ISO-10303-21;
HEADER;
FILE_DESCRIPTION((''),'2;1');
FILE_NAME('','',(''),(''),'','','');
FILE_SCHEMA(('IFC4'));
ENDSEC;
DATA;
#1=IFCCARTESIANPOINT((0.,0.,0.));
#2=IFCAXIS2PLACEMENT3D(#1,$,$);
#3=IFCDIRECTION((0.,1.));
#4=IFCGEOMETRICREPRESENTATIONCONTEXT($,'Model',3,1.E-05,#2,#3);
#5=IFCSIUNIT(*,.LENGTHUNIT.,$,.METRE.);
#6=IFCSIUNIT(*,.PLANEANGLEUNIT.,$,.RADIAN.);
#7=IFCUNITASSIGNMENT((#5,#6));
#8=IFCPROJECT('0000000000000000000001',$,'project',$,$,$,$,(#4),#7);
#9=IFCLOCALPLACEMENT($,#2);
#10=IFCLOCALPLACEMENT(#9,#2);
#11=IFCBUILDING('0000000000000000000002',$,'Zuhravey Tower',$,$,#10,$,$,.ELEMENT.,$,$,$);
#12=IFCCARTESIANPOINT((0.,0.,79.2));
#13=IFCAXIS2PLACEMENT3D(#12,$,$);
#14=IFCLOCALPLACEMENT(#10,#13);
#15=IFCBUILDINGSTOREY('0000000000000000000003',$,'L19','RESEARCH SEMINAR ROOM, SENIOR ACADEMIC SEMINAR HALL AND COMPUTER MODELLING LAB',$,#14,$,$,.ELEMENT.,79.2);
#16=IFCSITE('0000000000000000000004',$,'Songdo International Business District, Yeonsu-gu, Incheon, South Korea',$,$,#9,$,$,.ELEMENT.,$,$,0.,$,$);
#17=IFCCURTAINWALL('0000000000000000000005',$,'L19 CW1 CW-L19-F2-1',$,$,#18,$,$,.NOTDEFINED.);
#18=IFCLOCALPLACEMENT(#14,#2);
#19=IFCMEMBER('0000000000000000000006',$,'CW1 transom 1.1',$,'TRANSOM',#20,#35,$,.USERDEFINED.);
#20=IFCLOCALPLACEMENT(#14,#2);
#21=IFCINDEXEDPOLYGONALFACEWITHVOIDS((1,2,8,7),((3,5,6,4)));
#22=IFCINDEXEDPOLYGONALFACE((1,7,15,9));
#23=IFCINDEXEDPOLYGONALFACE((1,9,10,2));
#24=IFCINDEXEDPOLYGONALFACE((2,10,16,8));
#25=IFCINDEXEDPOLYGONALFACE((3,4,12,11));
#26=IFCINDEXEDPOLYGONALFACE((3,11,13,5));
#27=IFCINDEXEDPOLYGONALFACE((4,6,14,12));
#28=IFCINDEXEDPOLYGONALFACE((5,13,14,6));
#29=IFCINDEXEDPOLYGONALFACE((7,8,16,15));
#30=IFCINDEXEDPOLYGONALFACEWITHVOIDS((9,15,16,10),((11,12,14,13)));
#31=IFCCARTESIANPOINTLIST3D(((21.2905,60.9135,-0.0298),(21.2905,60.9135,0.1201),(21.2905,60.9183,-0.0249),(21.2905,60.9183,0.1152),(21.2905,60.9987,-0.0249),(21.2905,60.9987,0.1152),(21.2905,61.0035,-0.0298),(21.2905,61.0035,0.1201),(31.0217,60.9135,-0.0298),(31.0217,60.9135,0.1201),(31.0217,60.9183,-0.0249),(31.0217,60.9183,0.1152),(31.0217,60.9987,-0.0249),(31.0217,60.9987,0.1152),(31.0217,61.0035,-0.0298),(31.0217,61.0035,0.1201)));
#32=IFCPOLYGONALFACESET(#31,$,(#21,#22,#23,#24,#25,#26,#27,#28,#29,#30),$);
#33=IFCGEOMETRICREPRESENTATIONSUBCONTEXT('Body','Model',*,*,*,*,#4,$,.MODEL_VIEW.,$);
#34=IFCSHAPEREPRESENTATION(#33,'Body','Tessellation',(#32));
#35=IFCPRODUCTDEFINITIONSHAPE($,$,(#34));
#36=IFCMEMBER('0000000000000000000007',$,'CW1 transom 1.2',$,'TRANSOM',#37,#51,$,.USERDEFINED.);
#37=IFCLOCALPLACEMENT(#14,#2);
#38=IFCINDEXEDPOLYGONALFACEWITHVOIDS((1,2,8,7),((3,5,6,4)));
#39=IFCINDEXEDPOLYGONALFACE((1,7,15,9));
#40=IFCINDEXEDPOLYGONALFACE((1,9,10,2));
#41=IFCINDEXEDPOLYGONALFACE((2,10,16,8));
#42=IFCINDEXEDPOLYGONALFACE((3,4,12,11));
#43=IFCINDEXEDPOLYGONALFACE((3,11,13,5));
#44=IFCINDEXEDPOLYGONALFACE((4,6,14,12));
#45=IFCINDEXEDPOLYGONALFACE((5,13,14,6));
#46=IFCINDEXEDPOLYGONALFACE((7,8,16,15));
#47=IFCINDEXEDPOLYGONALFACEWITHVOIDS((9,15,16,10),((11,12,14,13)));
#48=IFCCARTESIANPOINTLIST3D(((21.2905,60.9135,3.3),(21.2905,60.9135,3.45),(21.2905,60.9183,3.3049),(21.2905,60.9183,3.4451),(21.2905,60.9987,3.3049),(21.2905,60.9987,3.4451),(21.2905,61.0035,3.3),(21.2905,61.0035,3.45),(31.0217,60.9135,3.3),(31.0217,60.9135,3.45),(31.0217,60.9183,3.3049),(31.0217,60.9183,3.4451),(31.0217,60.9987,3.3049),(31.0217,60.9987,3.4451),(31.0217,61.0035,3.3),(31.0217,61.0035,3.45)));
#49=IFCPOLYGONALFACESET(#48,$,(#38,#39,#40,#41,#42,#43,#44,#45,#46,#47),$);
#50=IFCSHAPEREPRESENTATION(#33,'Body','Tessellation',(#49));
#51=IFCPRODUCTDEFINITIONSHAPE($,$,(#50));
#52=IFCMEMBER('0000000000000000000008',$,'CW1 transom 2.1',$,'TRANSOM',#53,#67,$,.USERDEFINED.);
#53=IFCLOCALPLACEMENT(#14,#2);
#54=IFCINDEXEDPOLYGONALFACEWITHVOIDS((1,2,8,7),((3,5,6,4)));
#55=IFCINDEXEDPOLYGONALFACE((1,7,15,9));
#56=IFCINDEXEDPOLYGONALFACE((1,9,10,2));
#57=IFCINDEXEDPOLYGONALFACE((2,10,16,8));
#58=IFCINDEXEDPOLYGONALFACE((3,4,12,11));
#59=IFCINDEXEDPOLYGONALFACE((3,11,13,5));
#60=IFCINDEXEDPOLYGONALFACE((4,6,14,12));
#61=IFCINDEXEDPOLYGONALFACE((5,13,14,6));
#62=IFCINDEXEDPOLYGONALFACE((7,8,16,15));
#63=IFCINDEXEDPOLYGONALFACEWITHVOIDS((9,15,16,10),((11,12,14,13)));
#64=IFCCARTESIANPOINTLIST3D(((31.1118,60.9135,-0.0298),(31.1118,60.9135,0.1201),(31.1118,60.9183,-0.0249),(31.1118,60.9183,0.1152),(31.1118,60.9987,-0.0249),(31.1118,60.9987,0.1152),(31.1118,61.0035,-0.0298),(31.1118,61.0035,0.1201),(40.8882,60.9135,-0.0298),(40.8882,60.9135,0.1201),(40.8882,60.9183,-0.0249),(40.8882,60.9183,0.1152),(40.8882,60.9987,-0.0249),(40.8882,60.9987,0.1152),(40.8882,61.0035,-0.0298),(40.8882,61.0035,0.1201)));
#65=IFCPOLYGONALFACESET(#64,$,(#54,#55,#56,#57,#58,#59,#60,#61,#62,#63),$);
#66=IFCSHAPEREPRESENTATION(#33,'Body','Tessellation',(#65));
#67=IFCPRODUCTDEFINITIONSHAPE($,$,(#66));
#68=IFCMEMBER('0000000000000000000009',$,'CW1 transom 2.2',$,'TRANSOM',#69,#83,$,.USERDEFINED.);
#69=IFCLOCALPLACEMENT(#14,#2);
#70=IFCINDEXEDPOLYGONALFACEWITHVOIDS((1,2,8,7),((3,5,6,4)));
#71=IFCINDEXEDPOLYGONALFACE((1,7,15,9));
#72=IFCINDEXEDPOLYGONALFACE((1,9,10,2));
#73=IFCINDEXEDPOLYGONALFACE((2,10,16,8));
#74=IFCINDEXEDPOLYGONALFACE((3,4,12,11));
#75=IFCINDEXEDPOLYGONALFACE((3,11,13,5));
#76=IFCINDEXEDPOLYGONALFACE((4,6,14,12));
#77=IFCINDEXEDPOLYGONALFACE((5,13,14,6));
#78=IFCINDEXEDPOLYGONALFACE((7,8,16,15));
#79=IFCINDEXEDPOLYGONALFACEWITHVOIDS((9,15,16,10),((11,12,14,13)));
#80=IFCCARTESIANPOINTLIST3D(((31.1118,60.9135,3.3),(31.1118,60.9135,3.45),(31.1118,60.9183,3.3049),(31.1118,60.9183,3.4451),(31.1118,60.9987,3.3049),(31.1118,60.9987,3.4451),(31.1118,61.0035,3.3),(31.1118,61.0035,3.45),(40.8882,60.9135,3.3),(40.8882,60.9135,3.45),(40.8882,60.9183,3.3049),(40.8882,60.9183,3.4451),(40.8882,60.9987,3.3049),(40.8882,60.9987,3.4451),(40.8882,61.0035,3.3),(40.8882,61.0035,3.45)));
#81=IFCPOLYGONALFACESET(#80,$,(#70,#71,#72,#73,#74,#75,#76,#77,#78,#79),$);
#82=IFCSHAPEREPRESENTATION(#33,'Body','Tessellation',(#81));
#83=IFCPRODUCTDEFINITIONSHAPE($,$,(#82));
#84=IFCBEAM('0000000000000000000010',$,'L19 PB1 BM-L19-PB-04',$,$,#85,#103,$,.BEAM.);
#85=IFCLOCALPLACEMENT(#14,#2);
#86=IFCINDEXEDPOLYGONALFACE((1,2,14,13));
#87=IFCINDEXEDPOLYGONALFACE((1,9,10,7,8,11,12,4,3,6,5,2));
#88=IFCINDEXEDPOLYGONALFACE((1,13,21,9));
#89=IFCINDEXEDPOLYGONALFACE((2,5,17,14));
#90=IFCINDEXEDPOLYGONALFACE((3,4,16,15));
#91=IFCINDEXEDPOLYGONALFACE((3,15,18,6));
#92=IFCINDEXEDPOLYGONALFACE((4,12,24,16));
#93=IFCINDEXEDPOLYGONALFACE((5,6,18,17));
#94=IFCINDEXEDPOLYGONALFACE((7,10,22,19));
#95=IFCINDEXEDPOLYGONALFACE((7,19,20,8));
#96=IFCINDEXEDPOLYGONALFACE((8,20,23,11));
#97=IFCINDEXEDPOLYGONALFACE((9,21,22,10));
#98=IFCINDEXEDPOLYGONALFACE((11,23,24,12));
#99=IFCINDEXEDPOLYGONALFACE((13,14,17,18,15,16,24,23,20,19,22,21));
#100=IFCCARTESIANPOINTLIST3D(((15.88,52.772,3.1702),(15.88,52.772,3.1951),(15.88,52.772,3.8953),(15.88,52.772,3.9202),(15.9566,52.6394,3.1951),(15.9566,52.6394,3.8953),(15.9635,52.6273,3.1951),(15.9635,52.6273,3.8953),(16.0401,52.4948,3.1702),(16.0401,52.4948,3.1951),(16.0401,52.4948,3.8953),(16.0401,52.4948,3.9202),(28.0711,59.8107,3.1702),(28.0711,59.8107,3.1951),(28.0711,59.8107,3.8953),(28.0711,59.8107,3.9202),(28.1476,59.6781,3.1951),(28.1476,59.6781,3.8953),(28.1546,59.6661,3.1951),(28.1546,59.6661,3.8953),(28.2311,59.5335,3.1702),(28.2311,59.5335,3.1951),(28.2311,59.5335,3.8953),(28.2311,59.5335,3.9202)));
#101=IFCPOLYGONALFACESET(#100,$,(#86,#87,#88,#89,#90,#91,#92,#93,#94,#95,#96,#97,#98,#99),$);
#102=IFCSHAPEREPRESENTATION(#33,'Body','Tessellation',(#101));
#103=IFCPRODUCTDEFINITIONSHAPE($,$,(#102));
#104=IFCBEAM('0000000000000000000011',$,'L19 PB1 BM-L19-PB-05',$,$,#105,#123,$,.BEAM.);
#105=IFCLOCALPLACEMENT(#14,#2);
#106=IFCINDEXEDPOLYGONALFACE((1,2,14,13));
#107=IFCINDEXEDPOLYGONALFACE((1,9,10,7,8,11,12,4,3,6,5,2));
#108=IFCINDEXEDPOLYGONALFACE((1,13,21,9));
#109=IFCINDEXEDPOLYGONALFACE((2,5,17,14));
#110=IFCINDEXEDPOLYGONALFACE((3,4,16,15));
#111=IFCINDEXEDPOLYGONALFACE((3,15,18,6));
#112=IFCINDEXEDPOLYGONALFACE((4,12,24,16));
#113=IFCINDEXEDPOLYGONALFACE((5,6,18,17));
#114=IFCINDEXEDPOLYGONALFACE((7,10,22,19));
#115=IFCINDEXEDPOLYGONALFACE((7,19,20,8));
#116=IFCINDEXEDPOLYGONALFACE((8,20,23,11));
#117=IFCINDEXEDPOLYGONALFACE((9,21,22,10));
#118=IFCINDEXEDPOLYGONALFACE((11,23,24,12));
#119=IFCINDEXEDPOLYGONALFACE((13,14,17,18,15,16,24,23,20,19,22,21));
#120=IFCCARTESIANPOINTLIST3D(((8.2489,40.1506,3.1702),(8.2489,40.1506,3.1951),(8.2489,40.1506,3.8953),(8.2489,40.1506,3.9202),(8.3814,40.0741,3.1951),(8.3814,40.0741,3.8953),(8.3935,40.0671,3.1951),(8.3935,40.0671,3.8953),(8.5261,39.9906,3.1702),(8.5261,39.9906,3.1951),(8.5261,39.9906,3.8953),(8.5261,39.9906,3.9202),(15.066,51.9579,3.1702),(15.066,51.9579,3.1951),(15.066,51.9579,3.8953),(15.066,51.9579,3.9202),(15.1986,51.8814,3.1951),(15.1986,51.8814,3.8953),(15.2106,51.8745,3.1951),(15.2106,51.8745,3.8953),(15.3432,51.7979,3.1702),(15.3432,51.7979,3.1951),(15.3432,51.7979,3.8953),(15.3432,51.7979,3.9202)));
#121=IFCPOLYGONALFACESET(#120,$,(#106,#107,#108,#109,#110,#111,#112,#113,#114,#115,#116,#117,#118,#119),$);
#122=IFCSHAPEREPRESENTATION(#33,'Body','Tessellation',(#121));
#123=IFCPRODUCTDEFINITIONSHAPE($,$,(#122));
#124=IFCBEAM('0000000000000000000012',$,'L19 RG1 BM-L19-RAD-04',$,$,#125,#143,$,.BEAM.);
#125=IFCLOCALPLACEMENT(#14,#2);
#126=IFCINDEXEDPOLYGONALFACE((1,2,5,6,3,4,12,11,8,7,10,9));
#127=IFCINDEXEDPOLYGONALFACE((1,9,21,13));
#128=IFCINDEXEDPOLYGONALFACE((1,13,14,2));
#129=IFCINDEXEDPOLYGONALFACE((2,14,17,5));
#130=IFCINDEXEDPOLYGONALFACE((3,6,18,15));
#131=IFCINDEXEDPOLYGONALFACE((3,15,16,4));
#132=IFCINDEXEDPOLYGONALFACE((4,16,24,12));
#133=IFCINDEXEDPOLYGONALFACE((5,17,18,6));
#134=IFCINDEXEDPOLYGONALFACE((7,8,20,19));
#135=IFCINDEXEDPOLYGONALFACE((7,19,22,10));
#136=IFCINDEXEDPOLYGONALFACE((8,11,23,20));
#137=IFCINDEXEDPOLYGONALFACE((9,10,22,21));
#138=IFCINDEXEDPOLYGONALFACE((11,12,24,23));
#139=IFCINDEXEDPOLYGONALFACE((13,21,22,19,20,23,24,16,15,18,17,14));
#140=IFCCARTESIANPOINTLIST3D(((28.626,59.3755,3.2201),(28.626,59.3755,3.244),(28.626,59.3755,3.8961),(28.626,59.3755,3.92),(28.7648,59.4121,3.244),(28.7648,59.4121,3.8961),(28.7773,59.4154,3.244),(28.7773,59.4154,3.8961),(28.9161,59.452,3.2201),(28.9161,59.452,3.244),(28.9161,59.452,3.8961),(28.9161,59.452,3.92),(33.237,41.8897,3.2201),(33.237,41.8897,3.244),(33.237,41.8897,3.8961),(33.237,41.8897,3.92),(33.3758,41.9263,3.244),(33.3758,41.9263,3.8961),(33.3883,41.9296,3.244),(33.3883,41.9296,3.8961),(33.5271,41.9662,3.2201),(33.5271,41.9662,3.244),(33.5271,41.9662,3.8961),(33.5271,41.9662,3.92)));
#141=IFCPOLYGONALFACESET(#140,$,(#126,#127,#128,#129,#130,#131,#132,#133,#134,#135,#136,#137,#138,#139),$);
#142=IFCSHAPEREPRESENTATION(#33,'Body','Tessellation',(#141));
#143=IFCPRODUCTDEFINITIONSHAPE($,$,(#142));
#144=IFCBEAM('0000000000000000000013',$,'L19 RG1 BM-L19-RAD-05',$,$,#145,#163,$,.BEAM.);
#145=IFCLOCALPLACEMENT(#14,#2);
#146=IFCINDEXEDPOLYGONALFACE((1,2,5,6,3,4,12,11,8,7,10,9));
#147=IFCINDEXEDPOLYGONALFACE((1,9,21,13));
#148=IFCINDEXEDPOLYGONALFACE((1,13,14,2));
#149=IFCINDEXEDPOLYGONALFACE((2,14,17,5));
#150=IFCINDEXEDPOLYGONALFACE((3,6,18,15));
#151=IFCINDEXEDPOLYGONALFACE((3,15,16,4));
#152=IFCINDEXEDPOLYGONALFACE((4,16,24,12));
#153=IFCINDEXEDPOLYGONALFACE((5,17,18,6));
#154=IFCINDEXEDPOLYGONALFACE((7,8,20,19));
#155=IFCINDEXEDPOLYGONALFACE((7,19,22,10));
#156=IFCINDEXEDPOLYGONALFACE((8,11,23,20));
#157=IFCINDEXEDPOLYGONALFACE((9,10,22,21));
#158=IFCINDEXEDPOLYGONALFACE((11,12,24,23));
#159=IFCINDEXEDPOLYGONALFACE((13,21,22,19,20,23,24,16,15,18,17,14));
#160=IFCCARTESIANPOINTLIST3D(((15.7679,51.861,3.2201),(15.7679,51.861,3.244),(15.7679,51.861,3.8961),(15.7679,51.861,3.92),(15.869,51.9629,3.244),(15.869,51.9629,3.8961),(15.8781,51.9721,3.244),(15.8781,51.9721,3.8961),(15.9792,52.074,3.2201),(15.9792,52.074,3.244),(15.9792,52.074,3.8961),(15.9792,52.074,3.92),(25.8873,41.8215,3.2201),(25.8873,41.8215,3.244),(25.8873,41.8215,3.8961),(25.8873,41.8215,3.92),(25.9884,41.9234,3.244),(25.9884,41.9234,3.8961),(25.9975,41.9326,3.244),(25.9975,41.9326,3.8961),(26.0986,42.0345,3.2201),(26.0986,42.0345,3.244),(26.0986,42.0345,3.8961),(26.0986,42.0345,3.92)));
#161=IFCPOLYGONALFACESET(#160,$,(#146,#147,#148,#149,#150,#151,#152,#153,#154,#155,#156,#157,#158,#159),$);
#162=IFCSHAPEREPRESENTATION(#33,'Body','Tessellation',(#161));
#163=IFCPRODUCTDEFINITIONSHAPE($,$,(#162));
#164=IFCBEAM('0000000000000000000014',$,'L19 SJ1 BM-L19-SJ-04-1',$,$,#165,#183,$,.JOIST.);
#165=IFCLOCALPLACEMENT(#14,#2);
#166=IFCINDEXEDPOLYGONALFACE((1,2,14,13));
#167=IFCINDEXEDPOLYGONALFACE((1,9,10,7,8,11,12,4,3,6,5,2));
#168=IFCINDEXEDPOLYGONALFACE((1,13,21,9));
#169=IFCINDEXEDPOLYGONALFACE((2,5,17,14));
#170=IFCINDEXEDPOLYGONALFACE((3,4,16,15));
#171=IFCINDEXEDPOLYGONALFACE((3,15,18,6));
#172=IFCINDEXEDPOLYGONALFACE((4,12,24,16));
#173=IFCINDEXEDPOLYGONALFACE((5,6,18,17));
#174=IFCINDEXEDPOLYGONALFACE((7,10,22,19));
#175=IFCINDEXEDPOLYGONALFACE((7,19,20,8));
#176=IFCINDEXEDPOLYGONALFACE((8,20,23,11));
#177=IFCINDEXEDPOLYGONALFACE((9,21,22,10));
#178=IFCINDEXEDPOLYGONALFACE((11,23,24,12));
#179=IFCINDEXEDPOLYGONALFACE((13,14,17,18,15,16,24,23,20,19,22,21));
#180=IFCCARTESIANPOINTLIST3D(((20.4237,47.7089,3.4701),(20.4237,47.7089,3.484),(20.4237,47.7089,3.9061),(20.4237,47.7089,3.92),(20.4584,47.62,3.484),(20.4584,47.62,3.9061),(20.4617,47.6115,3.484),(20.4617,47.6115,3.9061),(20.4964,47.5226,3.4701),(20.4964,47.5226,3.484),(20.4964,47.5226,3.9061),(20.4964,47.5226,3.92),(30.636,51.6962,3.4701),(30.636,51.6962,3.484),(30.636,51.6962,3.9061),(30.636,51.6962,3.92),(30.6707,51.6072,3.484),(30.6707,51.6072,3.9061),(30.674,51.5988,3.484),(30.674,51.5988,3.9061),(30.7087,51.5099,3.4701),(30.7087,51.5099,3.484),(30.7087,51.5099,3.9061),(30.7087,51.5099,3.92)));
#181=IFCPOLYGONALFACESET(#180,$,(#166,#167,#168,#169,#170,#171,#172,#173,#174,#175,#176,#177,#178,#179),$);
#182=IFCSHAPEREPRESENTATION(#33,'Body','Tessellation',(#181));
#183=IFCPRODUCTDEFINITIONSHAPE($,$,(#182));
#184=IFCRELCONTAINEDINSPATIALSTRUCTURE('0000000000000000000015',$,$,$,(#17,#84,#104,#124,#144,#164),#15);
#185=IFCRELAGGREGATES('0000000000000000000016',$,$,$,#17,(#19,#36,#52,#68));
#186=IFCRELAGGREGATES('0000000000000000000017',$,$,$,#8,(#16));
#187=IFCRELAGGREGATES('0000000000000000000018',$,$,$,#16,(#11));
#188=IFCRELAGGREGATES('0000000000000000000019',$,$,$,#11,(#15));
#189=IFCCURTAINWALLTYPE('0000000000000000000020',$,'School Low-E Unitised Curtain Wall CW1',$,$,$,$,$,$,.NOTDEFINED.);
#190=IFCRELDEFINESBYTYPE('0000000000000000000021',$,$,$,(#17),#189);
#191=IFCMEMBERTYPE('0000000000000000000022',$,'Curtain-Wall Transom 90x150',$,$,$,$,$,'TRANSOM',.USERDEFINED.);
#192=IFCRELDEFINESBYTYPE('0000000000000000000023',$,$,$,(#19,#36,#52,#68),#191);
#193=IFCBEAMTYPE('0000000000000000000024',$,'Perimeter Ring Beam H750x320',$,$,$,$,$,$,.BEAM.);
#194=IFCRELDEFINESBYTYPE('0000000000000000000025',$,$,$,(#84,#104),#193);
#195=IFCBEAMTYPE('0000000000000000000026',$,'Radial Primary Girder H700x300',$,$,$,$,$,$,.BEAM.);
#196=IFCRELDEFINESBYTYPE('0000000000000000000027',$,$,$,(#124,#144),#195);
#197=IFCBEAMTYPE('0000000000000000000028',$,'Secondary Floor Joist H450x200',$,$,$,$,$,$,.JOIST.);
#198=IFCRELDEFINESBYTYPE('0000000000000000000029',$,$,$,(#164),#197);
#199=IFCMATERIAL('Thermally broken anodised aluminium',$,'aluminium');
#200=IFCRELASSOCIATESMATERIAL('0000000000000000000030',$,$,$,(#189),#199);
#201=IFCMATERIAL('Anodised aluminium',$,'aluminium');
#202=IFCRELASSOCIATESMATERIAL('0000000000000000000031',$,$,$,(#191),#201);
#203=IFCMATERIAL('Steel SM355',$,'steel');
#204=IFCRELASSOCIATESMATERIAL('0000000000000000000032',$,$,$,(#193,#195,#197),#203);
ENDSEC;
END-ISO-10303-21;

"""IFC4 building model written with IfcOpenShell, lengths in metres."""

from ifc_helpers import new_model, si_unit, direction, frame, origin, origin_2d, place, context, subcontext, project, spatial, hollow_rectangle, i_section, extrude, material, material_profile, profile_set, type_object, element, aggregate, save


model = new_model("IFC4")

# Units and contexts
model_context = context("Model", 3, precision=1e-05, world=origin(), true_north=direction((0.0, 1.0)))
body_context = subcontext(model_context, "Body", "Model", "MODEL_VIEW")
ifc_project = project(units=[si_unit("LENGTHUNIT", "METRE"), si_unit("PLANEANGLEUNIT", "RADIAN")], contexts=[model_context])

# Site, building, storey
site_placement = place(None, origin())
site = spatial("IfcSite", under=ifc_project, at=site_placement, Name="Songdo International Business District, Yeonsu-gu, Incheon, South Korea", CompositionType="ELEMENT", RefElevation=0.0)
building_placement = place(site_placement, origin())
building = spatial("IfcBuilding", under=site, at=building_placement, Name="Zuhravey Tower", CompositionType="ELEMENT")
storey_placement = place(building_placement, frame((0.0, 0.0, 79.2)))
storey = spatial("IfcBuildingStorey", under=building, at=storey_placement, Name="L19", Description="RESEARCH SEMINAR ROOM, SENIOR ACADEMIC SEMINAR HALL AND COMPUTER MODELLING LAB", CompositionType="ELEMENT", Elevation=79.2)

# Curtain wall
ifc_material_1 = material(Name="Thermally broken anodised aluminium", Category="aluminium")
curtain_wall_type = type_object("IfcCurtainWallType", Name="School Low-E Unitised Curtain Wall CW1", PredefinedType="NOTDEFINED", material=ifc_material_1)
ifc_material_2 = material(Name="Anodised aluminium", Category="aluminium")
curtain_wall_1_placement = place(storey_placement, origin())
curtain_wall_1 = element("IfcCurtainWall", 1, at=curtain_wall_1_placement, inside=storey, type_object=curtain_wall_type, Name="L19 CW1 CW-L19-F2-1", PredefinedType="NOTDEFINED")

# Members
ifc_material_profile_1 = material_profile(ifc_material_2, hollow_rectangle(XDim=0.0901, YDim=0.1499, WallThickness=0.0049, at=origin_2d()), Name="ALU-RHS-90x150x5")
ifc_profile_set_1 = profile_set([ifc_material_profile_1], Name="Anodised aluminium")
member_type_1 = type_object("IfcMemberType", Name="Curtain-Wall Transom 90x150", ElementType="TRANSOM", PredefinedType="USERDEFINED", material=ifc_profile_set_1)
member_1_placement = place(storey_placement, frame((21.2905, 60.9585, 0.0452), z_axis=(1.0, 0.0, 0.0), x_axis=(0.0, 1.0, 0.0)))
member_1 = element("IfcMember", 2, at=member_1_placement, type_object=member_type_1, Name="CW1 transom 1.1", ObjectType="TRANSOM", PredefinedType="USERDEFINED", context=body_context, shape_type="SweptSolid", body=[
    extrude(hollow_rectangle(XDim=0.0901, YDim=0.1499, WallThickness=0.0049, at=origin_2d()), origin(), (0.0, 0.0, 1.0), 9.7312),
])
member_2_placement = place(storey_placement, frame((21.2905, 60.9585, 3.375), z_axis=(1.0, 0.0, 0.0), x_axis=(0.0, 1.0, 0.0)))
member_2 = element("IfcMember", 3, at=member_2_placement, type_object=member_type_1, Name="CW1 transom 1.2", ObjectType="TRANSOM", PredefinedType="USERDEFINED", context=body_context, shape_type="SweptSolid", body=[
    extrude(hollow_rectangle(XDim=0.0901, YDim=0.1499, WallThickness=0.0049, at=origin_2d()), origin(), (0.0, 0.0, 1.0), 9.7312),
])
member_3_placement = place(storey_placement, frame((31.1118, 60.9585, 0.0452), z_axis=(1.0, 0.0, 0.0), x_axis=(0.0, 1.0, 0.0)))
member_3 = element("IfcMember", 4, at=member_3_placement, type_object=member_type_1, Name="CW1 transom 2.1", ObjectType="TRANSOM", PredefinedType="USERDEFINED", context=body_context, shape_type="SweptSolid", body=[
    extrude(hollow_rectangle(XDim=0.0901, YDim=0.1499, WallThickness=0.0049, at=origin_2d()), origin(), (0.0, 0.0, 1.0), 9.7764),
])
member_4_placement = place(storey_placement, frame((31.1118, 60.9585, 3.375), z_axis=(1.0, 0.0, 0.0), x_axis=(0.0, 1.0, 0.0)))
member_4 = element("IfcMember", 5, at=member_4_placement, type_object=member_type_1, Name="CW1 transom 2.2", ObjectType="TRANSOM", PredefinedType="USERDEFINED", context=body_context, shape_type="SweptSolid", body=[
    extrude(hollow_rectangle(XDim=0.0901, YDim=0.1499, WallThickness=0.0049, at=origin_2d()), origin(), (0.0, 0.0, 1.0), 9.7764),
])

# Beams
ifc_material_3 = material(Name="Steel SM355", Category="steel")
ifc_material_profile_2 = material_profile(ifc_material_3, i_section(OverallWidth=0.3201, OverallDepth=0.75, WebThickness=0.0139, FlangeThickness=0.0249, at=origin_2d()), Name="H-750x320x14x25")
ifc_profile_set_2 = profile_set([ifc_material_profile_2], Name="Steel SM355")
beam_type_1 = type_object("IfcBeamType", Name="Perimeter Ring Beam H750x320", PredefinedType="BEAM", material=ifc_profile_set_2)
beam_1_placement = place(storey_placement, frame((28.1511, 59.6721, 3.5452), z_axis=(-0.866018, -0.500013, 0.0), x_axis=(0.500013, -0.866018, 0.0)))
element("IfcBeam", 6, at=beam_1_placement, inside=storey, type_object=beam_type_1, Name="L19 PB1 BM-L19-PB-04", PredefinedType="BEAM", context=body_context, shape_type="SweptSolid", body=[
    extrude(i_section(OverallWidth=0.3201, OverallDepth=0.75, WebThickness=0.0139, FlangeThickness=0.0249, at=origin_2d()), origin(), (0.0, 0.0, 1.0), 14.0771),
])
beam_2_placement = place(storey_placement, frame((15.2046, 51.8779, 3.5452), z_axis=(-0.500008, -0.866021, 0.0), x_axis=(0.866021, -0.500008, 0.0)))
element("IfcBeam", 7, at=beam_2_placement, inside=storey, type_object=beam_type_1, Name="L19 PB1 BM-L19-PB-05", PredefinedType="BEAM", context=body_context, shape_type="SweptSolid", body=[
    extrude(i_section(OverallWidth=0.3201, OverallDepth=0.75, WebThickness=0.0139, FlangeThickness=0.0249, at=origin_2d()), origin(), (0.0, 0.0, 1.0), 13.634),
])
ifc_material_profile_3 = material_profile(ifc_material_3, i_section(OverallWidth=0.3, OverallDepth=0.7, WebThickness=0.0129, FlangeThickness=0.0239, at=origin_2d()), Name="H-700x300x13x24")
ifc_profile_set_3 = profile_set([ifc_material_profile_3], Name="Steel SM355")
beam_type_2 = type_object("IfcBeamType", Name="Radial Primary Girder H700x300", PredefinedType="BEAM", material=ifc_profile_set_3)
beam_3_placement = place(storey_placement, frame((33.3821, 41.928, 3.5701), z_axis=(-0.254987, 0.966944, 0.0), x_axis=(-0.966944, -0.254987, 0.0)))
element("IfcBeam", 8, at=beam_3_placement, inside=storey, type_object=beam_type_2, Name="L19 RG1 BM-L19-RAD-04", PredefinedType="BEAM", context=body_context, shape_type="SweptSolid", body=[
    extrude(i_section(OverallWidth=0.3, OverallDepth=0.7, WebThickness=0.0129, FlangeThickness=0.0239, at=origin_2d()), origin(), (0.0, 0.0, 1.0), 18.0835),
])
beam_4_placement = place(storey_placement, frame((25.9929, 41.928, 3.5701), z_axis=(-0.709902, 0.704301, 0.0), x_axis=(-0.704301, -0.709902, 0.0)))
element("IfcBeam", 9, at=beam_4_placement, inside=storey, type_object=beam_type_2, Name="L19 RG1 BM-L19-RAD-05", PredefinedType="BEAM", context=body_context, shape_type="SweptSolid", body=[
    extrude(i_section(OverallWidth=0.3, OverallDepth=0.7, WebThickness=0.0129, FlangeThickness=0.0239, at=origin_2d()), origin(), (0.0, 0.0, 1.0), 14.2546),
])
ifc_material_profile_4 = material_profile(ifc_material_3, i_section(OverallWidth=0.2, OverallDepth=0.45, WebThickness=0.009, FlangeThickness=0.0139, at=origin_2d()), Name="H-450x200x9x14")
ifc_profile_set_4 = profile_set([ifc_material_profile_4], Name="Steel SM355")
beam_type_3 = type_object("IfcBeamType", Name="Secondary Floor Joist H450x200", PredefinedType="JOIST", material=ifc_profile_set_4)
beam_5_placement = place(storey_placement, frame((30.6724, 51.603, 3.6951), z_axis=(-0.931517, -0.363699, 0.0), x_axis=(0.363699, -0.931517, 0.0)))
element("IfcBeam", 10, at=beam_5_placement, inside=storey, type_object=beam_type_3, Name="L19 SJ1 BM-L19-SJ-04-1", PredefinedType="JOIST", context=body_context, shape_type="SweptSolid", body=[
    extrude(i_section(OverallWidth=0.2, OverallDepth=0.45, WebThickness=0.009, FlangeThickness=0.0139, at=origin_2d()), origin(), (0.0, 0.0, 1.0), 10.9631),
])

aggregate(curtain_wall_1, [member_1, member_2, member_3, member_4])

save(model, "model.ifc")
